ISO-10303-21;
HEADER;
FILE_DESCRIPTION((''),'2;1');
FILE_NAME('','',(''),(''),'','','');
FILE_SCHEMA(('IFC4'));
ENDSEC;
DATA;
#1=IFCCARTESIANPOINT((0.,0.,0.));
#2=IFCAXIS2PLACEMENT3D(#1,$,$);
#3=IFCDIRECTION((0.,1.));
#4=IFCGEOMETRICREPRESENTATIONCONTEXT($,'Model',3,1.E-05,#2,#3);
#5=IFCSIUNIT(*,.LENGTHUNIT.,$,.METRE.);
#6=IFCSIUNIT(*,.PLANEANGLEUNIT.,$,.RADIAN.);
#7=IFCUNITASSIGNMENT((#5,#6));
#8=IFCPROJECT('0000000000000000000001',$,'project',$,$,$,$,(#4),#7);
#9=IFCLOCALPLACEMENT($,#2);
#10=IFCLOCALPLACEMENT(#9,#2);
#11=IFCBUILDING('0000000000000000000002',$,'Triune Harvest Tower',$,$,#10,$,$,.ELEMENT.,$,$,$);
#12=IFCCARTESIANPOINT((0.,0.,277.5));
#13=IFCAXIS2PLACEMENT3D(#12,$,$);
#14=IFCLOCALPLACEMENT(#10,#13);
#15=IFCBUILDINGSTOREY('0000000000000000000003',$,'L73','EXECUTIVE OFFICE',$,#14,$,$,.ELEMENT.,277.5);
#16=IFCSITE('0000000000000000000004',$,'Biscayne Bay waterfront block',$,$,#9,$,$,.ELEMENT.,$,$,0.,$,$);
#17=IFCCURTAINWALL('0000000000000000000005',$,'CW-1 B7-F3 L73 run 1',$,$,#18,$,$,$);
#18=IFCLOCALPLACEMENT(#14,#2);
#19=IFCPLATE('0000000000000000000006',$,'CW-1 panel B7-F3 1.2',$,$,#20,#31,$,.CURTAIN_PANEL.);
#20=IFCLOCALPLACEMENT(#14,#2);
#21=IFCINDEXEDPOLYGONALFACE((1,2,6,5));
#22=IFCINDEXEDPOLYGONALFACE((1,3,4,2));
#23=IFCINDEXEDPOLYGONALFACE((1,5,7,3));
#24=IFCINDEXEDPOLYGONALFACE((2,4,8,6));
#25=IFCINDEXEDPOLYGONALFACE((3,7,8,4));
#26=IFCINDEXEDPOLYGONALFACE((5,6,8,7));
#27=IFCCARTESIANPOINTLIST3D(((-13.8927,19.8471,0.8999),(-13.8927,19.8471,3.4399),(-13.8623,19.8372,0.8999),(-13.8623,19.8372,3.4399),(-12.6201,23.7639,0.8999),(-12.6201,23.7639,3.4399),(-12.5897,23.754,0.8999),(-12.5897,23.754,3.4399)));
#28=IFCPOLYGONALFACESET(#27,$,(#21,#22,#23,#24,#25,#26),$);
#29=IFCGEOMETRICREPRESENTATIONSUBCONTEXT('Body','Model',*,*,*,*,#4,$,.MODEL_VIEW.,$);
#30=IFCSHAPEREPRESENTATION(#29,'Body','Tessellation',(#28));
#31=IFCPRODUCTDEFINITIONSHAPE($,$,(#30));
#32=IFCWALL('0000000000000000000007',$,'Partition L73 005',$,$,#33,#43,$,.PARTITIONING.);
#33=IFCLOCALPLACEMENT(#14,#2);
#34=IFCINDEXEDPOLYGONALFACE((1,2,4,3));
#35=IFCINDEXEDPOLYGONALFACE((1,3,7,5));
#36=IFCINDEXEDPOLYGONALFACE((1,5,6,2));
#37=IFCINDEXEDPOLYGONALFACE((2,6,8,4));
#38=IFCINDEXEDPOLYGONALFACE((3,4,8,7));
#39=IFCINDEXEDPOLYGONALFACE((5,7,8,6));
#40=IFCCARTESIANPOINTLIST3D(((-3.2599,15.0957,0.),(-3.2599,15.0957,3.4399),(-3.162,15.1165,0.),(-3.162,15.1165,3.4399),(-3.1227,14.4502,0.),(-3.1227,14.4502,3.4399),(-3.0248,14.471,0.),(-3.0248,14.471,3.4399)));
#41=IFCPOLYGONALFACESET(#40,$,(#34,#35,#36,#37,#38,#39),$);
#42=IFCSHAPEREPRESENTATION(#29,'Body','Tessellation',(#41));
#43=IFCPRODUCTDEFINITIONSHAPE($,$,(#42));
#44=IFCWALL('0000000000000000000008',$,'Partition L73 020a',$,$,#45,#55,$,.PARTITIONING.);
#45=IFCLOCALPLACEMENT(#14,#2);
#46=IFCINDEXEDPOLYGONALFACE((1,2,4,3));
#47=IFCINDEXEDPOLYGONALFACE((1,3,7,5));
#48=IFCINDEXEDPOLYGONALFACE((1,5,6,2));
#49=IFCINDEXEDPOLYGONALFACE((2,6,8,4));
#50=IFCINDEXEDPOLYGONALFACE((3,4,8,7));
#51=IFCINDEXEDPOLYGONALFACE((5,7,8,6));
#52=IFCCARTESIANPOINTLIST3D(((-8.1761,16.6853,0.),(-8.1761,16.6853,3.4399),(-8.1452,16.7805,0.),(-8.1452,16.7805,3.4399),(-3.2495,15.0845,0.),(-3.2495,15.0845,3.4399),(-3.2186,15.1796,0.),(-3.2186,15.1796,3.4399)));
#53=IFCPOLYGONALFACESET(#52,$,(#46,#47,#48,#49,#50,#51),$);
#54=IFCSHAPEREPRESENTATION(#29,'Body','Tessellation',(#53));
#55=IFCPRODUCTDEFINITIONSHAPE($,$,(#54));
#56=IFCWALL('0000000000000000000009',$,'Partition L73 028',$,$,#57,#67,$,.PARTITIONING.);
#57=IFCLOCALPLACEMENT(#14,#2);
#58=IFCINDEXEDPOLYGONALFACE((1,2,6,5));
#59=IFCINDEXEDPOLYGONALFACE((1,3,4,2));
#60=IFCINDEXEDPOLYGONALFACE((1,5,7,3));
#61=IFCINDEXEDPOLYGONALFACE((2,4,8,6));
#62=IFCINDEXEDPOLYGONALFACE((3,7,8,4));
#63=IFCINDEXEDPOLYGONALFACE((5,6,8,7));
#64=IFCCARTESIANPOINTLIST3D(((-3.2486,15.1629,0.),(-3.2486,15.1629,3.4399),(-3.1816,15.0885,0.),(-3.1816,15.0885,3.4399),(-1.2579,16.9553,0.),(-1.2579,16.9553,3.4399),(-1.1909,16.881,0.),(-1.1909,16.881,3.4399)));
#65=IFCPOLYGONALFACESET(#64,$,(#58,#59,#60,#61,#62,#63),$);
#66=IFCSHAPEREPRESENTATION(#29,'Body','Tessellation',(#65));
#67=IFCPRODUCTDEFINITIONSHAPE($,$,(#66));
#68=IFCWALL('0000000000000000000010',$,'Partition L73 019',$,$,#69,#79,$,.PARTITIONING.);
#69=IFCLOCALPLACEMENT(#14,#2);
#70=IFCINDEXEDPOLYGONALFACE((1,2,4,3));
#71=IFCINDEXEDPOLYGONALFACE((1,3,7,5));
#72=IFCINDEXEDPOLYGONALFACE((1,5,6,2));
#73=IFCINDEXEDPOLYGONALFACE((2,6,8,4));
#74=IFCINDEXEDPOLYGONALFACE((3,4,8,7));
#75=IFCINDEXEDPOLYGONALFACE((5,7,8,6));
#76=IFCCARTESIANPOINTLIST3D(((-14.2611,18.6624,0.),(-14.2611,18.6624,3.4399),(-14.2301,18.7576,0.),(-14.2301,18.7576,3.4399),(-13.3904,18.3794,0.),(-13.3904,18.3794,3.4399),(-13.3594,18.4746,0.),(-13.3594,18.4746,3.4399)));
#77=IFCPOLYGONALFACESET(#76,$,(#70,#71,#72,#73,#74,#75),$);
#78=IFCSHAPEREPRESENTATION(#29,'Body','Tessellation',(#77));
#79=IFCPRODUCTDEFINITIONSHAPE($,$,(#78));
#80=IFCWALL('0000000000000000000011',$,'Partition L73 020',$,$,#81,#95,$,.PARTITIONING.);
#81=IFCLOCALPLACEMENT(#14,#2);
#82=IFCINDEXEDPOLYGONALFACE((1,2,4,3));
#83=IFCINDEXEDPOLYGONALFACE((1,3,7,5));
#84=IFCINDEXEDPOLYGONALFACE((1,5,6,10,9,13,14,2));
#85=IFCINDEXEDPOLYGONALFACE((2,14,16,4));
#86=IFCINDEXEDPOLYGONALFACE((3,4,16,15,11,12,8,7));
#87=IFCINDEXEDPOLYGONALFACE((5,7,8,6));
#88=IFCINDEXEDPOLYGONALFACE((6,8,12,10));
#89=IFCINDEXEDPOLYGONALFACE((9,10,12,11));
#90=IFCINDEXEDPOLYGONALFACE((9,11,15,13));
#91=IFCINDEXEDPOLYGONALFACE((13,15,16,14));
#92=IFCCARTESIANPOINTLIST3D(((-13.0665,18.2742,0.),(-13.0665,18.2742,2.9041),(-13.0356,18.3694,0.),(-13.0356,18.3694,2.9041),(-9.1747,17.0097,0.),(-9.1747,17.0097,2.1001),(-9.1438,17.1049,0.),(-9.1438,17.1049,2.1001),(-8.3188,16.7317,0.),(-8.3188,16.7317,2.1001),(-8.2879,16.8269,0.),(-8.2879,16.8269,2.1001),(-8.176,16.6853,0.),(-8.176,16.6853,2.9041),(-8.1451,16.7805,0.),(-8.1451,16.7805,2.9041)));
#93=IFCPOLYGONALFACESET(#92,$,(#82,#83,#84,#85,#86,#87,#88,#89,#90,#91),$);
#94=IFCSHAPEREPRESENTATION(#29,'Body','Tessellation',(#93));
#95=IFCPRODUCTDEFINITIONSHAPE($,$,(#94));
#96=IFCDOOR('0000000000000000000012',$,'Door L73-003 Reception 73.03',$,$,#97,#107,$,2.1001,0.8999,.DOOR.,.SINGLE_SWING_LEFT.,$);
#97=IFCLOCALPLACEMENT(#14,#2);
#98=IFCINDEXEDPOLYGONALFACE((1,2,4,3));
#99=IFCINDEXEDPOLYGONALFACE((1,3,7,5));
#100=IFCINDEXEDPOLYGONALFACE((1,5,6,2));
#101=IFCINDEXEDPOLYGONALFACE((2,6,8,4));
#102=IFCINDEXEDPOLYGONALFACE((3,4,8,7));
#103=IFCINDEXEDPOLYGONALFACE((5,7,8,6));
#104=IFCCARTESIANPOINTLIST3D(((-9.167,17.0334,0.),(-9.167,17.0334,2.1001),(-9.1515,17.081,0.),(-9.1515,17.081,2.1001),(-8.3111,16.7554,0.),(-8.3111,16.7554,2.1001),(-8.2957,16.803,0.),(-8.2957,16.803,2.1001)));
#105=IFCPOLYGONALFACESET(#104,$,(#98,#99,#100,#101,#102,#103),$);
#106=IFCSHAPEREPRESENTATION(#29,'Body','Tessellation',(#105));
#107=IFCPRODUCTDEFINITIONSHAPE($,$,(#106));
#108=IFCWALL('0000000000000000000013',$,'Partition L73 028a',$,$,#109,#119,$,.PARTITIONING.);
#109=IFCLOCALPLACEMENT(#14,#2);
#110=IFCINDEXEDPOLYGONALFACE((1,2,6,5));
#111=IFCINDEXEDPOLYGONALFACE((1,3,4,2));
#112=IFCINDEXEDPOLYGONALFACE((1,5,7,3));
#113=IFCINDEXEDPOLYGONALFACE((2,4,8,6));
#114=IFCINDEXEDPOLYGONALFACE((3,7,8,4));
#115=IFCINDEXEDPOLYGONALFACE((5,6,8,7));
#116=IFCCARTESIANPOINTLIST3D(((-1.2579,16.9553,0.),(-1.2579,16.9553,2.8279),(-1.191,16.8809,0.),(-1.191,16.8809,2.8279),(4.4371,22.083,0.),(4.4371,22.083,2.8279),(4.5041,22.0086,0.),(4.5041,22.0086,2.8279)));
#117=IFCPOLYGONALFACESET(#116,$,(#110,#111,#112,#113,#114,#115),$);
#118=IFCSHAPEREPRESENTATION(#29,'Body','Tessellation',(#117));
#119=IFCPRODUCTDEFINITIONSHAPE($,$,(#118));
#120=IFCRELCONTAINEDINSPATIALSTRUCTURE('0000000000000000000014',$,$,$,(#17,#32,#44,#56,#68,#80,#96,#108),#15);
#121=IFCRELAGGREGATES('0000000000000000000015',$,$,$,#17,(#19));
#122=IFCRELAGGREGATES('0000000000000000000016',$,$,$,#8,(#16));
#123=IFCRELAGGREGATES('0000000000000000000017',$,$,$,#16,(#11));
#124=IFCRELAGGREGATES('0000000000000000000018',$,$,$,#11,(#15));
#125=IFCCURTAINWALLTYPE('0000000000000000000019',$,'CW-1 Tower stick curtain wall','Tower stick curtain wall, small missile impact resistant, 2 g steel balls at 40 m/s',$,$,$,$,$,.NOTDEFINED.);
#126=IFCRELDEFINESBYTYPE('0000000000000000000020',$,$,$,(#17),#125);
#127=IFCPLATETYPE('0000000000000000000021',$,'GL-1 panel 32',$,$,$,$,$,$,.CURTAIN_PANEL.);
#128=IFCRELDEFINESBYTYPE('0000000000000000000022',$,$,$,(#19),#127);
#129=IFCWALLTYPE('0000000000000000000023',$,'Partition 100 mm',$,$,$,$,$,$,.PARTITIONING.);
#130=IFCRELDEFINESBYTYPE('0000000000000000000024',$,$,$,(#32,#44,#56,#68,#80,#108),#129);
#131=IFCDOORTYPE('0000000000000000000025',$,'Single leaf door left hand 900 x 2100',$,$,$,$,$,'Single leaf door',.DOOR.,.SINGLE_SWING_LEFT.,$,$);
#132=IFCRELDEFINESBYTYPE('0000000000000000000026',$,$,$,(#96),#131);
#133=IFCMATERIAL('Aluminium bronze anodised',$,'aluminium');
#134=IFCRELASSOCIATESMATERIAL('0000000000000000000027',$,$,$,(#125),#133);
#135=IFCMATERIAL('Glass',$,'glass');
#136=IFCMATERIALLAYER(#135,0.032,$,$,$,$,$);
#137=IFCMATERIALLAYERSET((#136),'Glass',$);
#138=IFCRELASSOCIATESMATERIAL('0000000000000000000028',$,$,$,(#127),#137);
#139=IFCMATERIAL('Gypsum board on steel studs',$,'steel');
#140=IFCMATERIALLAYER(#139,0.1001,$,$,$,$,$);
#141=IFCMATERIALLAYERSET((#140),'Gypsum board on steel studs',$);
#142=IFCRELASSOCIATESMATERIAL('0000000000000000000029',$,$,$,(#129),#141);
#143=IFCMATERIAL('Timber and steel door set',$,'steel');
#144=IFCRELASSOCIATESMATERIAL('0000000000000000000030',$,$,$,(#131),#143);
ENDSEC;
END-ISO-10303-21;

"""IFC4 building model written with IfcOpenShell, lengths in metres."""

from ifc_helpers import new_model, si_unit, direction, frame, frame_2d, origin, origin_2d, place, context, subcontext, project, spatial, rectangle, extrude, source, transform, mapped, material, layer, layer_set, type_object, element, fill, aggregate, save


model = new_model("IFC4")

# Units and contexts
model_context = context("Model", 3, precision=1e-05, world=origin(), true_north=direction((0.0, 1.0)))
body_context = subcontext(model_context, "Body", "Model", "MODEL_VIEW")
ifc_project = project(units=[si_unit("LENGTHUNIT", "METRE"), si_unit("PLANEANGLEUNIT", "RADIAN")], contexts=[model_context])

# Site, building, storey
site_placement = place(None, origin())
site = spatial("IfcSite", under=ifc_project, at=site_placement, Name="Biscayne Bay waterfront block", CompositionType="ELEMENT", RefElevation=0.0)
building_placement = place(site_placement, origin())
building = spatial("IfcBuilding", under=site, at=building_placement, Name="Triune Harvest Tower", CompositionType="ELEMENT")
storey_placement = place(building_placement, frame((0.0, 0.0, 277.5)))
storey = spatial("IfcBuildingStorey", under=building, at=storey_placement, Name="L73", Description="EXECUTIVE OFFICE", CompositionType="ELEMENT", Elevation=277.5)

# Curtain wall
ifc_material_1 = material(Name="Aluminium bronze anodised", Category="aluminium")
curtain_wall_type_1 = type_object("IfcCurtainWallType", Name="CW-1 Tower stick curtain wall", Description="Tower stick curtain wall, small missile impact resistant, 2 g steel balls at 40 m/s", PredefinedType="NOTDEFINED", material=ifc_material_1)
curtain_wall_1_placement = place(storey_placement, origin())
curtain_wall_1 = element("IfcCurtainWall", 1, at=curtain_wall_1_placement, inside=storey, type_object=curtain_wall_type_1, Name="CW-1 B7-F3 L73 run 1")

# Plate
ifc_material_2 = material(Name="Glass", Category="glass")
ifc_layer_1 = layer(ifc_material_2, 0.032)
ifc_layer_set_1 = layer_set([ifc_layer_1], Name="Glass")
plate_type = type_object("IfcPlateType", Name="GL-1 panel 32", PredefinedType="CURTAIN_PANEL", material=ifc_layer_set_1)
shared_shape_1 = source(origin(), body_context, "Body", "SweptSolid", [
    extrude(rectangle(XDim=4.1184, YDim=0.032, at=origin_2d()), origin(), (0.0, 0.0, 1.0), 2.54),
])
plate_1_placement = place(storey_placement, frame((-13.2412, 21.8005, 0.8999), z_axis=(0.0, 0.0, 1.0), x_axis=(-0.309013, -0.951058, 0.0)))
plate_1 = element("IfcPlate", 2, at=plate_1_placement, type_object=plate_type, Name="CW-1 panel B7-F3 1.2", PredefinedType="CURTAIN_PANEL", context=body_context, shape_type="MappedRepresentation", body=[
    mapped(shared_shape_1, transform((0.0, 0.0, 0.0), scale=1.0)),
])
aggregate(curtain_wall_1, [plate_1])

# Walls
ifc_material_3 = material(Name="Gypsum board on steel studs", Category="steel")
ifc_layer_2 = layer(ifc_material_3, 0.1001)
ifc_layer_set_2 = layer_set([ifc_layer_2], Name="Gypsum board on steel studs")
wall_type = type_object("IfcWallType", Name="Partition 100 mm", PredefinedType="PARTITIONING", material=ifc_layer_set_2)
wall_1_placement = place(storey_placement, frame((-3.2109, 15.1062, 0.0), z_axis=(0.0, 0.0, 1.0), x_axis=(0.207912, -0.978148, 0.0)))
element("IfcWall", 3, at=wall_1_placement, inside=storey, type_object=wall_type, Name="Partition L73 005", PredefinedType="PARTITIONING", context=body_context, shape_type="SweptSolid", body=[
    extrude(rectangle(XDim=0.6599, YDim=0.1001, at=frame_2d((0.3301, 0.0))), origin(), (0.0, 0.0, 1.0), 3.4399),
])
wall_2_placement = place(storey_placement, frame((-8.1606, 16.7329, 0.0), z_axis=(0.0, 0.0, 1.0), x_axis=(0.95105, -0.309036, 0.0)))
element("IfcWall", 4, at=wall_2_placement, inside=storey, type_object=wall_type, Name="Partition L73 020a", PredefinedType="PARTITIONING", context=body_context, shape_type="SweptSolid", body=[
    extrude(rectangle(XDim=5.1802, YDim=0.1001, at=frame_2d((2.5901, 0.0))), origin(), (0.0, 0.0, 1.0), 3.4399),
])
wall_3_placement = place(storey_placement, frame((-3.2151, 15.1257, 0.0), z_axis=(0.0, 0.0, 1.0), x_axis=(0.74314, 0.669136, 0.0)))
element("IfcWall", 5, at=wall_3_placement, inside=storey, type_object=wall_type, Name="Partition L73 028", PredefinedType="PARTITIONING", context=body_context, shape_type="SweptSolid", body=[
    extrude(rectangle(XDim=2.6787, YDim=0.1001, at=frame_2d((1.3394, 0.0))), origin(), (0.0, 0.0, 1.0), 3.4399),
])
shared_shape_2 = source(origin(), body_context, "Body", "SweptSolid", [
    extrude(rectangle(XDim=0.9155, YDim=0.1001, at=frame_2d((0.4578, 0.0))), origin(), (0.0, 0.0, 1.0), 3.4399),
])
wall_4_placement = place(storey_placement, frame((-14.2456, 18.71, 0.0), z_axis=(0.0, 0.0, 1.0), x_axis=(0.95103, -0.309098, 0.0)))
element("IfcWall", 6, at=wall_4_placement, inside=storey, type_object=wall_type, Name="Partition L73 019", PredefinedType="PARTITIONING", context=body_context, shape_type="MappedRepresentation", body=[
    mapped(shared_shape_2, transform((0.0, 0.0, 0.0), scale=1.0)),
])

# Wall, opening, door
shared_shape_3 = source(origin(), body_context, "Body", "SweptSolid", [
    extrude(rectangle(XDim=5.1421, YDim=0.1001, at=frame_2d((2.571, 0.0))), origin(), (0.0, 0.0, 1.0), 2.9041),
])
wall_5_placement = place(storey_placement, frame((-13.051, 18.3218, 0.0), z_axis=(0.0, 0.0, 1.0), x_axis=(0.951063, -0.308997, 0.0)))
wall_5 = element("IfcWall", 7, at=wall_5_placement, inside=storey, type_object=wall_type, Name="Partition L73 020", PredefinedType="PARTITIONING", context=body_context, shape_type="MappedRepresentation", body=[
    mapped(shared_shape_3, transform((0.0, 0.0, 0.0), scale=1.0)),
])
opening_placement = place(wall_5_placement, frame((4.092, 0.0, 0.0)))
opening = element("IfcOpeningElement", 8, at=opening_placement, cuts=wall_5, PredefinedType="OPENING", context=body_context, shape_type="SweptSolid", body=[
    extrude(rectangle(XDim=0.8999, YDim=2.1001, at=frame_2d((0.45, 1.05))), frame((0.0, 0.0601, 0.0), z_axis=(0.0, -1.0, 0.0), x_axis=(1.0, 0.0, 0.0)), (0.0, 0.0, 1.0), 0.1201),
])
ifc_material_4 = material(Name="Timber and steel door set", Category="steel")
door_type = type_object("IfcDoorType", Name="Single leaf door left hand 900 x 2100", ElementType="Single leaf door", OperationType="SINGLE_SWING_LEFT", PredefinedType="DOOR", material=ifc_material_4)
door_placement = place(opening_placement, origin())
door = element("IfcDoor", 9, at=door_placement, inside=storey, type_object=door_type, Name="Door L73-003 Reception 73.03", OperationType="SINGLE_SWING_LEFT", OverallHeight=2.1001, OverallWidth=0.8999, PredefinedType="DOOR", context=body_context, shape_type="SweptSolid", body=[
    extrude(rectangle(XDim=0.8999, YDim=2.1001, at=frame_2d((0.45, 1.05))), frame((0.0, 0.0249, 0.0), z_axis=(0.0, -1.0, 0.0), x_axis=(1.0, 0.0, 0.0)), (0.0, 0.0, 1.0), 0.05),
])
fill(opening, door)

# Wall
shared_shape_4 = source(origin(), body_context, "Body", "SweptSolid", [
    extrude(rectangle(XDim=7.6633, YDim=0.1001, at=frame_2d((3.8315, 0.0))), origin(), (0.0, 0.0, 1.0), 2.8279),
])
wall_6_placement = place(storey_placement, frame((-1.2244, 16.9182, 0.0), z_axis=(0.0, 0.0, 1.0), x_axis=(0.743156, 0.669118, 0.0)))
element("IfcWall", 10, at=wall_6_placement, inside=storey, type_object=wall_type, Name="Partition L73 028a", PredefinedType="PARTITIONING", context=body_context, shape_type="MappedRepresentation", body=[
    mapped(shared_shape_4, transform((0.0, 0.0, 0.0), scale=1.0)),
])

save(model, "model.ifc")
